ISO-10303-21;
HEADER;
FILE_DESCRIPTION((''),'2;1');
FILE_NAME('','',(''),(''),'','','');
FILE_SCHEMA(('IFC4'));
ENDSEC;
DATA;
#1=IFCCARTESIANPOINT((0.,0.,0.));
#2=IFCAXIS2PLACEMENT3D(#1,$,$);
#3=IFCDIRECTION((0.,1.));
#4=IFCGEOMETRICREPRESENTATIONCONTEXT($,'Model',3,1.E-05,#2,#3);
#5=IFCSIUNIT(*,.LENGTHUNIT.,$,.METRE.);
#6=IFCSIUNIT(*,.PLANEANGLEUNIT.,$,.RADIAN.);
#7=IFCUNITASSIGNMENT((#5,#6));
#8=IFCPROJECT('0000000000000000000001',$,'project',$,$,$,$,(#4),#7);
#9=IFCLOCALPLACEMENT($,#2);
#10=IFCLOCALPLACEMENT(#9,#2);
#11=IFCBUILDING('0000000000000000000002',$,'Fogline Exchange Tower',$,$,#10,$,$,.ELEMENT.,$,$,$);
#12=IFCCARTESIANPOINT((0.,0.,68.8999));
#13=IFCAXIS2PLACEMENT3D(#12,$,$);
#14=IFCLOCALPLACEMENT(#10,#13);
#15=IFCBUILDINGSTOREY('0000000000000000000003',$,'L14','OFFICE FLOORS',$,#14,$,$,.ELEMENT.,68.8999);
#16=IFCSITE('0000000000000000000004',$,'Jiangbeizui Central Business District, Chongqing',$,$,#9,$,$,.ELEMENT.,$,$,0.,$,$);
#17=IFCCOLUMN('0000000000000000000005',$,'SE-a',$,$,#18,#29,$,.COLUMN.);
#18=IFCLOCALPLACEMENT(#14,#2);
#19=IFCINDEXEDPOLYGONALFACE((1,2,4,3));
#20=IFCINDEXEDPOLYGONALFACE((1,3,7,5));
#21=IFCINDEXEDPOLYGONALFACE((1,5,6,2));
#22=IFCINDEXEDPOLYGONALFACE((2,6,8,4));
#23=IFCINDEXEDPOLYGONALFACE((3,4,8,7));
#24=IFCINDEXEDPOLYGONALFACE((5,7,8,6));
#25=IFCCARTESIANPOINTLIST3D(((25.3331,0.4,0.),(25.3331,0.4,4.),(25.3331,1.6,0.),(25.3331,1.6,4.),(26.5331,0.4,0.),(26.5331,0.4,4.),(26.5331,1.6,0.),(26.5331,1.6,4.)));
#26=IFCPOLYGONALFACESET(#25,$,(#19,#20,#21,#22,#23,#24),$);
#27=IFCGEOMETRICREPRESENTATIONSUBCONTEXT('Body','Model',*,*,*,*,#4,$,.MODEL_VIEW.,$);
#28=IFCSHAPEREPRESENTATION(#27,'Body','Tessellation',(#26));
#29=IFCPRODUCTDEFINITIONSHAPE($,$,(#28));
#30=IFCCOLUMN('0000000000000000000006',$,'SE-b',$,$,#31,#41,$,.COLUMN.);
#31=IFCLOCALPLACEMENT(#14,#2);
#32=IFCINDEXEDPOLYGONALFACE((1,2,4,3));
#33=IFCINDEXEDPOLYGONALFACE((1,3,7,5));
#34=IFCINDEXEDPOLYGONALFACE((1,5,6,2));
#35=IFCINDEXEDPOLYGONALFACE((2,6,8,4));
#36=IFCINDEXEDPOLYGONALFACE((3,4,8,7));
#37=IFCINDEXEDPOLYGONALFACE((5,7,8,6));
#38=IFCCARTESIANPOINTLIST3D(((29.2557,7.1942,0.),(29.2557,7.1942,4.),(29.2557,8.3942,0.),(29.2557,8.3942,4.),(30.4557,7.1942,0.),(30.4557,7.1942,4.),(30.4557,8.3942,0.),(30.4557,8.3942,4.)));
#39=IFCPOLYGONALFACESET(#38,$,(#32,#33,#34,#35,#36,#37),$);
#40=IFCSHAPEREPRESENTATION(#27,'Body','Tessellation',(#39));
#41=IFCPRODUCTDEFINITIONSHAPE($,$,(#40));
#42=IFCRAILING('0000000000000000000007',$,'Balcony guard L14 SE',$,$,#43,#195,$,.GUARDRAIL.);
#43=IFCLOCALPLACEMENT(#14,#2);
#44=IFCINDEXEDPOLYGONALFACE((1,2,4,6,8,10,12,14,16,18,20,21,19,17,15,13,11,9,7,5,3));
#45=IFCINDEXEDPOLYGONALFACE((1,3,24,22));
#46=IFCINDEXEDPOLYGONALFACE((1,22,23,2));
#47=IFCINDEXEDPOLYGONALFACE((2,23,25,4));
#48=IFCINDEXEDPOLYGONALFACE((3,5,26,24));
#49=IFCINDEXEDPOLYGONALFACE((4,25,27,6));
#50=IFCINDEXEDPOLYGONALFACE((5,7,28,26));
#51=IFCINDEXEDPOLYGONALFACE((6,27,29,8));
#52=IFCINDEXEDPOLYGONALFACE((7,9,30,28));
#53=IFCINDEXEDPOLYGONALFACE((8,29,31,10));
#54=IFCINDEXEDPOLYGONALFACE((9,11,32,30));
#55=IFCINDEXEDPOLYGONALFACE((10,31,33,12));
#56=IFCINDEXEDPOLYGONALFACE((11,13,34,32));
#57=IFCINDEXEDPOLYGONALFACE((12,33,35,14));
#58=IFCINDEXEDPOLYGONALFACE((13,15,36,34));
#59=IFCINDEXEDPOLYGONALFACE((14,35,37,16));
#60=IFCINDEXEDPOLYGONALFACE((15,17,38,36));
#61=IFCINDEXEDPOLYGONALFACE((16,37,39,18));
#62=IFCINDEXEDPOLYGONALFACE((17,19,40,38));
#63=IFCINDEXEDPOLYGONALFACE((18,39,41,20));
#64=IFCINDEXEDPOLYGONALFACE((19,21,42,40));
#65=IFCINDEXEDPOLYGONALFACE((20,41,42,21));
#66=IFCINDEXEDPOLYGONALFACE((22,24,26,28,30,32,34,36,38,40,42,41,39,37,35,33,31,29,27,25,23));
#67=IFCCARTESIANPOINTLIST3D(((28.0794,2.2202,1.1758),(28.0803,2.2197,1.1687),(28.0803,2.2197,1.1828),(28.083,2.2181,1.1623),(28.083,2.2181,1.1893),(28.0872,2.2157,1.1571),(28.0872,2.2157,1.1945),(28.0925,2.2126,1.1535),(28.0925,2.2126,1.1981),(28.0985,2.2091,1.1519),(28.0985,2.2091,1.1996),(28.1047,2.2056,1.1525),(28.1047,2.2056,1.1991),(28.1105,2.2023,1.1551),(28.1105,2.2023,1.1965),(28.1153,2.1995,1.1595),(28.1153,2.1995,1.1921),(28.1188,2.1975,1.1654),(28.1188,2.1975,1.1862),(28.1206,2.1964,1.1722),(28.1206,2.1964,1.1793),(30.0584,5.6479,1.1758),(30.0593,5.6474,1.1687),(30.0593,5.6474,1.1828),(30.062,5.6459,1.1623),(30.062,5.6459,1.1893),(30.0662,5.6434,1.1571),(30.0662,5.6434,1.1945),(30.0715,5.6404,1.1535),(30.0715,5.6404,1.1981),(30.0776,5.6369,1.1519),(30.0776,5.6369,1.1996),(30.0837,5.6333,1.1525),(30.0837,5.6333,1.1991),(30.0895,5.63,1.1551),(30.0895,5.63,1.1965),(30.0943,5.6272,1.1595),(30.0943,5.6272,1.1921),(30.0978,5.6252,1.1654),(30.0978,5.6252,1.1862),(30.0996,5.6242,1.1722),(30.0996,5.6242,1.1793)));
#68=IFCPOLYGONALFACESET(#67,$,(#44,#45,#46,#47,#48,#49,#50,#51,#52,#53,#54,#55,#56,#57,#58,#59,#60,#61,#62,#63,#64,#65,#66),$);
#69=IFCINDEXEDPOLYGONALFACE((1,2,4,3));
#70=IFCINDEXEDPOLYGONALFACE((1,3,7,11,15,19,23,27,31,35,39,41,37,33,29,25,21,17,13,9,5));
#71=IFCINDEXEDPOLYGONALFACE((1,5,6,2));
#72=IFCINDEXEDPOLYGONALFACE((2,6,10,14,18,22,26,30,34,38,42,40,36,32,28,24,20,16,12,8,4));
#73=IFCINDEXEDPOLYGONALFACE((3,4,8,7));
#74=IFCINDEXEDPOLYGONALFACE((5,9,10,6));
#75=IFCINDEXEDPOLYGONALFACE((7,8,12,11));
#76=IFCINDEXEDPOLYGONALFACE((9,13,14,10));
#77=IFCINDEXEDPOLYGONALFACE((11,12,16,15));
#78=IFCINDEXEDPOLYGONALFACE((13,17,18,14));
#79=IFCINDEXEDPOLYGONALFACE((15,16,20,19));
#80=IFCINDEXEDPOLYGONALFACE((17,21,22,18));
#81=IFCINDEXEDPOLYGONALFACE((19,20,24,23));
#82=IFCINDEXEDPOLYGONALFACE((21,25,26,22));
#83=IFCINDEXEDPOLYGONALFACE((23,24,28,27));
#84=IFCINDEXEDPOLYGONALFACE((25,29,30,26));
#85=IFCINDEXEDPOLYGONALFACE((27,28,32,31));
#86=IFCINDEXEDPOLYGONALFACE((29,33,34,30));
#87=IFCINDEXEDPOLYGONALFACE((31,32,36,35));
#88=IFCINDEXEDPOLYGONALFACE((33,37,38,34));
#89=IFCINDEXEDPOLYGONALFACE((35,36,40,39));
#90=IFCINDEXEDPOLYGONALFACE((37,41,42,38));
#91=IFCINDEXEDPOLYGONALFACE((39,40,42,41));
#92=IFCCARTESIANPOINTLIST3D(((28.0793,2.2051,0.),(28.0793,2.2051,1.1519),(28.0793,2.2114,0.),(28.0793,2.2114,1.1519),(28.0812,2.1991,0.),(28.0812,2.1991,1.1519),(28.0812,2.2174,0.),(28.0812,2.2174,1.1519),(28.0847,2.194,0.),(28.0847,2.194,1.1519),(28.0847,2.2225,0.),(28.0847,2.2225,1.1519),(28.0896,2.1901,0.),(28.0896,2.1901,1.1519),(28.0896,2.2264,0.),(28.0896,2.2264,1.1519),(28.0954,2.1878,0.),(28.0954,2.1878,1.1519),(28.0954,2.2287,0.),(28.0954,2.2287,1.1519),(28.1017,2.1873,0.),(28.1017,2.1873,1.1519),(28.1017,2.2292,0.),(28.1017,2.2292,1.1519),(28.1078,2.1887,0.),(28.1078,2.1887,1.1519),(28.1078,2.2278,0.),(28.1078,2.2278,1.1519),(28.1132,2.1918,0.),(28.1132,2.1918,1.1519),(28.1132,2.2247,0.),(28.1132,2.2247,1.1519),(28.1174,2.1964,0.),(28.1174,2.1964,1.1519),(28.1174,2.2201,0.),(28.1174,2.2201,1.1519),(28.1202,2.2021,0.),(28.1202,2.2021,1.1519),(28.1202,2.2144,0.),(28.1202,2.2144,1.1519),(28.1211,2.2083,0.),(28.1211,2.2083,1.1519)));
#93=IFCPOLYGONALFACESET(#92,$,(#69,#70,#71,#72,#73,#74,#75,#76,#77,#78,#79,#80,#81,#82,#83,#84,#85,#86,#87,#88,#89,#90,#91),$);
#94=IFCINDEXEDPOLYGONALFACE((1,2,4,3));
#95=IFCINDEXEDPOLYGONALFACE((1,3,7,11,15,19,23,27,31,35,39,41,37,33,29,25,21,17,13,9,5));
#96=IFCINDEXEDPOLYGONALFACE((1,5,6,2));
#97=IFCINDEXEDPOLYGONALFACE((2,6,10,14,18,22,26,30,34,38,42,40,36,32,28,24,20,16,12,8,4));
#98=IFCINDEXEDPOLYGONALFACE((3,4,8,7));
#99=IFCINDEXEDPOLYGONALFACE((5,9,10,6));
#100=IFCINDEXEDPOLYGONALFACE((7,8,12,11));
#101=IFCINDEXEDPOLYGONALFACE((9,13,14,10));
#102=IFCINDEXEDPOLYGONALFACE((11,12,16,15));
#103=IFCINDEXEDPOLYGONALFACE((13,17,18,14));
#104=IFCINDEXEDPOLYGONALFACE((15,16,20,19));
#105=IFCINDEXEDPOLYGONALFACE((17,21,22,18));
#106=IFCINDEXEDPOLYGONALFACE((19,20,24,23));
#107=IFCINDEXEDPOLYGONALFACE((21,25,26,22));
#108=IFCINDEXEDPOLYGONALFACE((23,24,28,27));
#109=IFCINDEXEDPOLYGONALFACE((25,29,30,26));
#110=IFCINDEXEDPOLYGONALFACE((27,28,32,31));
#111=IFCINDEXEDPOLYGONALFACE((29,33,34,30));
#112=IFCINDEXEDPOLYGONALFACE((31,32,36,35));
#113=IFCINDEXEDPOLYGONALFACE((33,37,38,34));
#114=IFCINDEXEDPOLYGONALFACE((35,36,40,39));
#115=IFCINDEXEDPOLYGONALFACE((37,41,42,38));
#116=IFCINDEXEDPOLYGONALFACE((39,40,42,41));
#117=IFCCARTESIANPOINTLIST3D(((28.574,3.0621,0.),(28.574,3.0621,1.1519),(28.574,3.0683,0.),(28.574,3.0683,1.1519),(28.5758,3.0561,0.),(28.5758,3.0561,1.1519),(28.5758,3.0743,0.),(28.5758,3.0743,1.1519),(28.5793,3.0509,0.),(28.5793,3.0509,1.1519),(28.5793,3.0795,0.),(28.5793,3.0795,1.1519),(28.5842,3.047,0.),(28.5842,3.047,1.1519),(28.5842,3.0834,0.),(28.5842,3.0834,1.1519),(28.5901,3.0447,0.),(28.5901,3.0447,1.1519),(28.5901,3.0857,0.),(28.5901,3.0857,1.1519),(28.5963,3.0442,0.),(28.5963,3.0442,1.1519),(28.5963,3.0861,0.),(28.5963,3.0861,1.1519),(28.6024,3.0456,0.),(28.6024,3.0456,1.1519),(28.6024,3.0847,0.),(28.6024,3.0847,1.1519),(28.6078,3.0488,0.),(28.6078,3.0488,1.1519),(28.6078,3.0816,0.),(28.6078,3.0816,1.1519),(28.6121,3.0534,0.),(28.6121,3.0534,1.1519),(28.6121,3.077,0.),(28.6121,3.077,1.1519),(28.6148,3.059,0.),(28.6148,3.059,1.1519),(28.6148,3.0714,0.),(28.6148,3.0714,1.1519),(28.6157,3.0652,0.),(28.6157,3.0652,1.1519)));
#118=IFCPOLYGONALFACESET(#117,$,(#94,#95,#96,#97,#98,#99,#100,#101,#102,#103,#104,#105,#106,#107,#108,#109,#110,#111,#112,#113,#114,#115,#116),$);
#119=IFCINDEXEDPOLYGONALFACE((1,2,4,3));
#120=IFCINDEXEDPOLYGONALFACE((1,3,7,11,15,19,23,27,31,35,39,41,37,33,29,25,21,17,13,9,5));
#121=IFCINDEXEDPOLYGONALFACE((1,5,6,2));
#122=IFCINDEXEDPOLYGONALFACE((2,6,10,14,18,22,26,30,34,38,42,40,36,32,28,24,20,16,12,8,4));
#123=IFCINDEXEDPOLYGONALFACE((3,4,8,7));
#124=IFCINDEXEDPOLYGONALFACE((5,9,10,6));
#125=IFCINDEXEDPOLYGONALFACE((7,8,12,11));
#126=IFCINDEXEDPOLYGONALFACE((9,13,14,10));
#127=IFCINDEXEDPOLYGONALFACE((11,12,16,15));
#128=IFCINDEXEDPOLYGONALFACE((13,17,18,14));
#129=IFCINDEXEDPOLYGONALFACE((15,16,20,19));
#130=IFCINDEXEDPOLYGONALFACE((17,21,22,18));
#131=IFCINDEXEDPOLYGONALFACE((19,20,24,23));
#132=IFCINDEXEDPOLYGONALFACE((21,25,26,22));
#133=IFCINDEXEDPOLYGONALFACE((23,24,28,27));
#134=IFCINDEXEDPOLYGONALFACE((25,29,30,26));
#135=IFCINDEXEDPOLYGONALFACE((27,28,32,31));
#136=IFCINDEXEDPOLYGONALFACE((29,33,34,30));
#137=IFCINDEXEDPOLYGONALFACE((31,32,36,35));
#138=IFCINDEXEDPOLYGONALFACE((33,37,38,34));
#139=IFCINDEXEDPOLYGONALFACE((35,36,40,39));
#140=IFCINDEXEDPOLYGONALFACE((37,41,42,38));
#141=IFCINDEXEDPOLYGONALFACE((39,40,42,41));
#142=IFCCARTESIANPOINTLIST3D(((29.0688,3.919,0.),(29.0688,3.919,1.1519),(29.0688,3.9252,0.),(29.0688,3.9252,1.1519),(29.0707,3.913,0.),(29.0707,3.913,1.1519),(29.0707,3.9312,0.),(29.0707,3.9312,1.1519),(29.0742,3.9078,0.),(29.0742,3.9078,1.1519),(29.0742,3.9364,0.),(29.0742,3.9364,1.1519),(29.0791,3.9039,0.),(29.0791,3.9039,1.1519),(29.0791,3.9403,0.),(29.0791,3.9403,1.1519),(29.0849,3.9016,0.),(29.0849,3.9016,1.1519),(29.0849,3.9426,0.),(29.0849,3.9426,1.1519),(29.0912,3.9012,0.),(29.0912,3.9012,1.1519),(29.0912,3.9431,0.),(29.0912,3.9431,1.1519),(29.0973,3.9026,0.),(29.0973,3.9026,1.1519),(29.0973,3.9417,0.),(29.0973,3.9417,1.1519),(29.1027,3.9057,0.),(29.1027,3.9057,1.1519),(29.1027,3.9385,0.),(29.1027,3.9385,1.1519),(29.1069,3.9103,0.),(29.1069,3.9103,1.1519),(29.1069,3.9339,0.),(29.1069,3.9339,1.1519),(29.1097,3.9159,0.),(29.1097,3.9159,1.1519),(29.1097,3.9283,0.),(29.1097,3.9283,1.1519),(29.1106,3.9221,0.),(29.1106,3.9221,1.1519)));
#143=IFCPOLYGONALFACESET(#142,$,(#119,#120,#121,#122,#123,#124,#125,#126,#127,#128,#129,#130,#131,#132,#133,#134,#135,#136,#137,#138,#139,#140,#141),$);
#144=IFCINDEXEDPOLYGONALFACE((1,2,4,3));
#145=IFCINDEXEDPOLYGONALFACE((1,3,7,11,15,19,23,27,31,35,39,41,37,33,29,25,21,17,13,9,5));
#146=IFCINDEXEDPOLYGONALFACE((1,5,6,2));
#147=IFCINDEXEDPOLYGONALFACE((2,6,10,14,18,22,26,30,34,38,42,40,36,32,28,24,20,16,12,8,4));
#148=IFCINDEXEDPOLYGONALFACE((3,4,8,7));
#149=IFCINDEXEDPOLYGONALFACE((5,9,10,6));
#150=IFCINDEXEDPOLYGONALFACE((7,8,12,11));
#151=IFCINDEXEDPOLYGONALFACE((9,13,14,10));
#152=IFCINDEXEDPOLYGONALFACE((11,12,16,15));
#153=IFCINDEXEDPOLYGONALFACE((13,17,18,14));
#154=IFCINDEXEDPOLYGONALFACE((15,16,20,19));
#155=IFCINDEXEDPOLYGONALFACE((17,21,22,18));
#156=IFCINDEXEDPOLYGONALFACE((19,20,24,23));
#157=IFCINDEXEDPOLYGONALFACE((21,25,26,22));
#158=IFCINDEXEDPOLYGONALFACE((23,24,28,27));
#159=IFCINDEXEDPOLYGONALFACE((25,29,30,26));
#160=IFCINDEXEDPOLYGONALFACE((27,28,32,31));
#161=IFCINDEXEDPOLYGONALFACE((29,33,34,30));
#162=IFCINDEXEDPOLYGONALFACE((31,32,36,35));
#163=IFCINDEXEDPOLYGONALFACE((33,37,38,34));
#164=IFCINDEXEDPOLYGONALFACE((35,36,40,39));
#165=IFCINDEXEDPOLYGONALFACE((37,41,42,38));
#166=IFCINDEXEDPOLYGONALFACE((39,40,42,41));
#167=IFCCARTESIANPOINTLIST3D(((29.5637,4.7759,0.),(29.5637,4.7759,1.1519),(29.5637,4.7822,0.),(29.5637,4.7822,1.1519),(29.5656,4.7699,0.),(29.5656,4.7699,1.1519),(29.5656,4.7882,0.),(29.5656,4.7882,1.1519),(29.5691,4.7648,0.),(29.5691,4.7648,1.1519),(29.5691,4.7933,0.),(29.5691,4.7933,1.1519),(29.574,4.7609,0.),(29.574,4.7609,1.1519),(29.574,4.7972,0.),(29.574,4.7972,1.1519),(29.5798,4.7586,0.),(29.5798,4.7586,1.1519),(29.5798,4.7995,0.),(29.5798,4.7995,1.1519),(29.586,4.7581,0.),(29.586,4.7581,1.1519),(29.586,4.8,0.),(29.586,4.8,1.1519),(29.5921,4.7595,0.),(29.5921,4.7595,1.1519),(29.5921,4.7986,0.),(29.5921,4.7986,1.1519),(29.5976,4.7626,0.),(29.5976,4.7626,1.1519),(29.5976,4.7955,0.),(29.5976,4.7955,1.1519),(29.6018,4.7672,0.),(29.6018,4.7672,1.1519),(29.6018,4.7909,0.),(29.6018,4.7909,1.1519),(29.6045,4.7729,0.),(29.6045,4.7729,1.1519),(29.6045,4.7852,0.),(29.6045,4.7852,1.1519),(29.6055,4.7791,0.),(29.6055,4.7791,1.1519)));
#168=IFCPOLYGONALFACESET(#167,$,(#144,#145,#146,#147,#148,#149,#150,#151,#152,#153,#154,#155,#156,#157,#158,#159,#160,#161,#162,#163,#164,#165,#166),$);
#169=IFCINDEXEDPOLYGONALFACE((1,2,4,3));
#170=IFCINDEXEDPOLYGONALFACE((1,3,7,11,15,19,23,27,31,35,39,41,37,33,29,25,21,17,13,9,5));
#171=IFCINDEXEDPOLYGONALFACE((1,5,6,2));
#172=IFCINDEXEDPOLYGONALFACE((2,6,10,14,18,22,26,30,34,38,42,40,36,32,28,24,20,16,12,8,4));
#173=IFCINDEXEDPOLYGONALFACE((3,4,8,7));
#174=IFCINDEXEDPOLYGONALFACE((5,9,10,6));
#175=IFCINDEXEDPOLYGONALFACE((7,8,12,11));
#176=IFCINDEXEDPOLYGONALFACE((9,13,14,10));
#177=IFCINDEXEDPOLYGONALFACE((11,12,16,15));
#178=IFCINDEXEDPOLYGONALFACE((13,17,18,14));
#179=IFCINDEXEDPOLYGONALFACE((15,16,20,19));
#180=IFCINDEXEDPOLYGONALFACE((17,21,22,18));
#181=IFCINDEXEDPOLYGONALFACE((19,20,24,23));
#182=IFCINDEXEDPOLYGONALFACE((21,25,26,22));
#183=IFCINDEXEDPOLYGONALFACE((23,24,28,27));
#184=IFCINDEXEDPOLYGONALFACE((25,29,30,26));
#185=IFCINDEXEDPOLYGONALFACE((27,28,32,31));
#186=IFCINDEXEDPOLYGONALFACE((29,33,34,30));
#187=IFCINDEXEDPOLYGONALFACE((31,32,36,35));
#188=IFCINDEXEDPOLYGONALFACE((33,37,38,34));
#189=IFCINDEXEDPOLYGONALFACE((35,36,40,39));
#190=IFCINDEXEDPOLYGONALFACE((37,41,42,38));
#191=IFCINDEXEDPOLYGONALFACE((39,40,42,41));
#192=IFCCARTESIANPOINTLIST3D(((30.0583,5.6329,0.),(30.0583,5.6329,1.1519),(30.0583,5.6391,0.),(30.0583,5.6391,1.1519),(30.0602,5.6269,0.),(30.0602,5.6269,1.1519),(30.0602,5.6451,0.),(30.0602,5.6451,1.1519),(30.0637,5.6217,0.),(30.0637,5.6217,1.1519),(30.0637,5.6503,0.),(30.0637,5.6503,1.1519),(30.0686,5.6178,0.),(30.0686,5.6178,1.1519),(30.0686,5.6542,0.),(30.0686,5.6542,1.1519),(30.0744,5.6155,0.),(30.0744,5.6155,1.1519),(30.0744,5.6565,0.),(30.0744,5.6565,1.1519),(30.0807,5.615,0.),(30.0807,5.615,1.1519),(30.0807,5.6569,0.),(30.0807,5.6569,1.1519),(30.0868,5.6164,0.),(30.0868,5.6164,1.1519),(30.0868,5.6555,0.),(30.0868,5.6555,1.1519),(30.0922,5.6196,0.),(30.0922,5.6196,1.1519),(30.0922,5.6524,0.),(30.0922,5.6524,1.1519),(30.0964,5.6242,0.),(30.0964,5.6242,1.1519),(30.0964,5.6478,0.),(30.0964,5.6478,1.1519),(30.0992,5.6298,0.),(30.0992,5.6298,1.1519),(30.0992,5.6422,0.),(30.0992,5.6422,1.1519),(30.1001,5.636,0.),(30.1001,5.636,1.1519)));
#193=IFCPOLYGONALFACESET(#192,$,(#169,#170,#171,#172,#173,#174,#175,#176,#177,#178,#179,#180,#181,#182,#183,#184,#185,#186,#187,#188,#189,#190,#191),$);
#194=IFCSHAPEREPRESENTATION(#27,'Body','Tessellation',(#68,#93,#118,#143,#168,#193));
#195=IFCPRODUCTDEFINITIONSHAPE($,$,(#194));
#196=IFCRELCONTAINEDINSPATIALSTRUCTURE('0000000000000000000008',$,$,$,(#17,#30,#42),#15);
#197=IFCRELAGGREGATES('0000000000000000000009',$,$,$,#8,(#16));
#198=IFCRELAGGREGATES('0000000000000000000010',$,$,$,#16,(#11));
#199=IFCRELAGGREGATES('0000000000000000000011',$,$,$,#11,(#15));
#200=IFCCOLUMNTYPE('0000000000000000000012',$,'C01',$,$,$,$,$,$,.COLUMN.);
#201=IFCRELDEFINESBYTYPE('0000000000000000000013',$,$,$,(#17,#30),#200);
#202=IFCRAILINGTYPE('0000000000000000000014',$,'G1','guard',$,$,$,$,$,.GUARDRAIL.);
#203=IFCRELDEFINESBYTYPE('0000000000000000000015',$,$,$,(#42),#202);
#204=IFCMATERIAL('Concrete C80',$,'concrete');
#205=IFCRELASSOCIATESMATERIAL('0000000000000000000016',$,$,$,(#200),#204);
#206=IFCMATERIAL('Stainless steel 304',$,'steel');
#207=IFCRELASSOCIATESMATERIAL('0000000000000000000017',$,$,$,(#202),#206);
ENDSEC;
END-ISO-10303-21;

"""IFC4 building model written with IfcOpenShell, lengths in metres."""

from ifc_helpers import new_model, si_unit, direction, frame, origin, origin_2d, place, context, subcontext, project, spatial, rectangle, circle, extrude, material, material_profile, profile_set, type_object, element, save


model = new_model("IFC4")

# Units and contexts
model_context = context("Model", 3, precision=1e-05, world=origin(), true_north=direction((0.0, 1.0)))
body_context = subcontext(model_context, "Body", "Model", "MODEL_VIEW")
ifc_project = project(units=[si_unit("LENGTHUNIT", "METRE"), si_unit("PLANEANGLEUNIT", "RADIAN")], contexts=[model_context])

# Site, building, storey
site_placement = place(None, origin())
site = spatial("IfcSite", under=ifc_project, at=site_placement, Name="Jiangbeizui Central Business District, Chongqing", CompositionType="ELEMENT", RefElevation=0.0)
building_placement = place(site_placement, origin())
building = spatial("IfcBuilding", under=site, at=building_placement, Name="Fogline Exchange Tower", CompositionType="ELEMENT")
storey_placement = place(building_placement, frame((0.0, 0.0, 68.8999)))
storey = spatial("IfcBuildingStorey", under=building, at=storey_placement, Name="L14", Description="OFFICE FLOORS", CompositionType="ELEMENT", Elevation=68.8999)

# Columns
ifc_material_1 = material(Name="Concrete C80", Category="concrete")
ifc_material_profile = material_profile(ifc_material_1, rectangle(XDim=1.2, YDim=1.2, at=origin_2d()), Name="RC 1200x1200")
ifc_profile_set = profile_set([ifc_material_profile], Name="Concrete C80")
column_type = type_object("IfcColumnType", Name="C01", PredefinedType="COLUMN", material=ifc_profile_set)
for number, where, z_axis, x_axis, name in (
    (1, (25.9331, 1.0, 0.0), (0.0, 0.0, 1.0), (1.0, 0.0, 0.0), "SE-a"),
    (2, (29.8557, 7.7942, 0.0), (0.0, 0.0, 1.0), (1.0, 0.0, 0.0), "SE-b"),
):
    element("IfcColumn", number, at=place(storey_placement, frame(where, z_axis=z_axis, x_axis=x_axis)), inside=storey, type_object=column_type, Name=name, PredefinedType="COLUMN", context=body_context, shape_type="SweptSolid", body=[
        extrude(rectangle(XDim=1.2, YDim=1.2, at=origin_2d()), origin(), (0.0, 0.0, 1.0), 4.0),
    ])

# Railing
ifc_material_2 = material(Name="Stainless steel 304", Category="steel")
railing_type = type_object("IfcRailingType", Name="G1", Description="guard", PredefinedType="GUARDRAIL", material=ifc_material_2)
railing_placement = place(storey_placement, frame((28.1001, 2.2083, 0.0)))
element("IfcRailing", 3, at=railing_placement, inside=storey, type_object=railing_type, Name="Balcony guard L14 SE", PredefinedType="GUARDRAIL", context=body_context, shape_type="SweptSolid", body=[
    extrude(circle(Radius=0.0239, at=origin_2d()), frame((0.0, 0.0, 1.1758), z_axis=(0.5, 0.866025, 0.0), x_axis=(-0.866025, 0.5, 0.0)), (0.0, 0.0, 1.0), 3.958),
    extrude(circle(Radius=0.021, at=origin_2d()), origin(), (0.0, 0.0, 1.0), 1.1519),
    extrude(circle(Radius=0.021, at=origin_2d()), frame((0.4946, 0.8569, 0.0)), (0.0, 0.0, 1.0), 1.1519),
    extrude(circle(Radius=0.021, at=origin_2d()), frame((0.9895, 1.7139, 0.0)), (0.0, 0.0, 1.0), 1.1519),
    extrude(circle(Radius=0.021, at=origin_2d()), frame((1.4844, 2.5708, 0.0)), (0.0, 0.0, 1.0), 1.1519),
    extrude(circle(Radius=0.021, at=origin_2d()), frame((1.979, 3.4277, 0.0)), (0.0, 0.0, 1.0), 1.1519),
])

save(model, "model.ifc")
